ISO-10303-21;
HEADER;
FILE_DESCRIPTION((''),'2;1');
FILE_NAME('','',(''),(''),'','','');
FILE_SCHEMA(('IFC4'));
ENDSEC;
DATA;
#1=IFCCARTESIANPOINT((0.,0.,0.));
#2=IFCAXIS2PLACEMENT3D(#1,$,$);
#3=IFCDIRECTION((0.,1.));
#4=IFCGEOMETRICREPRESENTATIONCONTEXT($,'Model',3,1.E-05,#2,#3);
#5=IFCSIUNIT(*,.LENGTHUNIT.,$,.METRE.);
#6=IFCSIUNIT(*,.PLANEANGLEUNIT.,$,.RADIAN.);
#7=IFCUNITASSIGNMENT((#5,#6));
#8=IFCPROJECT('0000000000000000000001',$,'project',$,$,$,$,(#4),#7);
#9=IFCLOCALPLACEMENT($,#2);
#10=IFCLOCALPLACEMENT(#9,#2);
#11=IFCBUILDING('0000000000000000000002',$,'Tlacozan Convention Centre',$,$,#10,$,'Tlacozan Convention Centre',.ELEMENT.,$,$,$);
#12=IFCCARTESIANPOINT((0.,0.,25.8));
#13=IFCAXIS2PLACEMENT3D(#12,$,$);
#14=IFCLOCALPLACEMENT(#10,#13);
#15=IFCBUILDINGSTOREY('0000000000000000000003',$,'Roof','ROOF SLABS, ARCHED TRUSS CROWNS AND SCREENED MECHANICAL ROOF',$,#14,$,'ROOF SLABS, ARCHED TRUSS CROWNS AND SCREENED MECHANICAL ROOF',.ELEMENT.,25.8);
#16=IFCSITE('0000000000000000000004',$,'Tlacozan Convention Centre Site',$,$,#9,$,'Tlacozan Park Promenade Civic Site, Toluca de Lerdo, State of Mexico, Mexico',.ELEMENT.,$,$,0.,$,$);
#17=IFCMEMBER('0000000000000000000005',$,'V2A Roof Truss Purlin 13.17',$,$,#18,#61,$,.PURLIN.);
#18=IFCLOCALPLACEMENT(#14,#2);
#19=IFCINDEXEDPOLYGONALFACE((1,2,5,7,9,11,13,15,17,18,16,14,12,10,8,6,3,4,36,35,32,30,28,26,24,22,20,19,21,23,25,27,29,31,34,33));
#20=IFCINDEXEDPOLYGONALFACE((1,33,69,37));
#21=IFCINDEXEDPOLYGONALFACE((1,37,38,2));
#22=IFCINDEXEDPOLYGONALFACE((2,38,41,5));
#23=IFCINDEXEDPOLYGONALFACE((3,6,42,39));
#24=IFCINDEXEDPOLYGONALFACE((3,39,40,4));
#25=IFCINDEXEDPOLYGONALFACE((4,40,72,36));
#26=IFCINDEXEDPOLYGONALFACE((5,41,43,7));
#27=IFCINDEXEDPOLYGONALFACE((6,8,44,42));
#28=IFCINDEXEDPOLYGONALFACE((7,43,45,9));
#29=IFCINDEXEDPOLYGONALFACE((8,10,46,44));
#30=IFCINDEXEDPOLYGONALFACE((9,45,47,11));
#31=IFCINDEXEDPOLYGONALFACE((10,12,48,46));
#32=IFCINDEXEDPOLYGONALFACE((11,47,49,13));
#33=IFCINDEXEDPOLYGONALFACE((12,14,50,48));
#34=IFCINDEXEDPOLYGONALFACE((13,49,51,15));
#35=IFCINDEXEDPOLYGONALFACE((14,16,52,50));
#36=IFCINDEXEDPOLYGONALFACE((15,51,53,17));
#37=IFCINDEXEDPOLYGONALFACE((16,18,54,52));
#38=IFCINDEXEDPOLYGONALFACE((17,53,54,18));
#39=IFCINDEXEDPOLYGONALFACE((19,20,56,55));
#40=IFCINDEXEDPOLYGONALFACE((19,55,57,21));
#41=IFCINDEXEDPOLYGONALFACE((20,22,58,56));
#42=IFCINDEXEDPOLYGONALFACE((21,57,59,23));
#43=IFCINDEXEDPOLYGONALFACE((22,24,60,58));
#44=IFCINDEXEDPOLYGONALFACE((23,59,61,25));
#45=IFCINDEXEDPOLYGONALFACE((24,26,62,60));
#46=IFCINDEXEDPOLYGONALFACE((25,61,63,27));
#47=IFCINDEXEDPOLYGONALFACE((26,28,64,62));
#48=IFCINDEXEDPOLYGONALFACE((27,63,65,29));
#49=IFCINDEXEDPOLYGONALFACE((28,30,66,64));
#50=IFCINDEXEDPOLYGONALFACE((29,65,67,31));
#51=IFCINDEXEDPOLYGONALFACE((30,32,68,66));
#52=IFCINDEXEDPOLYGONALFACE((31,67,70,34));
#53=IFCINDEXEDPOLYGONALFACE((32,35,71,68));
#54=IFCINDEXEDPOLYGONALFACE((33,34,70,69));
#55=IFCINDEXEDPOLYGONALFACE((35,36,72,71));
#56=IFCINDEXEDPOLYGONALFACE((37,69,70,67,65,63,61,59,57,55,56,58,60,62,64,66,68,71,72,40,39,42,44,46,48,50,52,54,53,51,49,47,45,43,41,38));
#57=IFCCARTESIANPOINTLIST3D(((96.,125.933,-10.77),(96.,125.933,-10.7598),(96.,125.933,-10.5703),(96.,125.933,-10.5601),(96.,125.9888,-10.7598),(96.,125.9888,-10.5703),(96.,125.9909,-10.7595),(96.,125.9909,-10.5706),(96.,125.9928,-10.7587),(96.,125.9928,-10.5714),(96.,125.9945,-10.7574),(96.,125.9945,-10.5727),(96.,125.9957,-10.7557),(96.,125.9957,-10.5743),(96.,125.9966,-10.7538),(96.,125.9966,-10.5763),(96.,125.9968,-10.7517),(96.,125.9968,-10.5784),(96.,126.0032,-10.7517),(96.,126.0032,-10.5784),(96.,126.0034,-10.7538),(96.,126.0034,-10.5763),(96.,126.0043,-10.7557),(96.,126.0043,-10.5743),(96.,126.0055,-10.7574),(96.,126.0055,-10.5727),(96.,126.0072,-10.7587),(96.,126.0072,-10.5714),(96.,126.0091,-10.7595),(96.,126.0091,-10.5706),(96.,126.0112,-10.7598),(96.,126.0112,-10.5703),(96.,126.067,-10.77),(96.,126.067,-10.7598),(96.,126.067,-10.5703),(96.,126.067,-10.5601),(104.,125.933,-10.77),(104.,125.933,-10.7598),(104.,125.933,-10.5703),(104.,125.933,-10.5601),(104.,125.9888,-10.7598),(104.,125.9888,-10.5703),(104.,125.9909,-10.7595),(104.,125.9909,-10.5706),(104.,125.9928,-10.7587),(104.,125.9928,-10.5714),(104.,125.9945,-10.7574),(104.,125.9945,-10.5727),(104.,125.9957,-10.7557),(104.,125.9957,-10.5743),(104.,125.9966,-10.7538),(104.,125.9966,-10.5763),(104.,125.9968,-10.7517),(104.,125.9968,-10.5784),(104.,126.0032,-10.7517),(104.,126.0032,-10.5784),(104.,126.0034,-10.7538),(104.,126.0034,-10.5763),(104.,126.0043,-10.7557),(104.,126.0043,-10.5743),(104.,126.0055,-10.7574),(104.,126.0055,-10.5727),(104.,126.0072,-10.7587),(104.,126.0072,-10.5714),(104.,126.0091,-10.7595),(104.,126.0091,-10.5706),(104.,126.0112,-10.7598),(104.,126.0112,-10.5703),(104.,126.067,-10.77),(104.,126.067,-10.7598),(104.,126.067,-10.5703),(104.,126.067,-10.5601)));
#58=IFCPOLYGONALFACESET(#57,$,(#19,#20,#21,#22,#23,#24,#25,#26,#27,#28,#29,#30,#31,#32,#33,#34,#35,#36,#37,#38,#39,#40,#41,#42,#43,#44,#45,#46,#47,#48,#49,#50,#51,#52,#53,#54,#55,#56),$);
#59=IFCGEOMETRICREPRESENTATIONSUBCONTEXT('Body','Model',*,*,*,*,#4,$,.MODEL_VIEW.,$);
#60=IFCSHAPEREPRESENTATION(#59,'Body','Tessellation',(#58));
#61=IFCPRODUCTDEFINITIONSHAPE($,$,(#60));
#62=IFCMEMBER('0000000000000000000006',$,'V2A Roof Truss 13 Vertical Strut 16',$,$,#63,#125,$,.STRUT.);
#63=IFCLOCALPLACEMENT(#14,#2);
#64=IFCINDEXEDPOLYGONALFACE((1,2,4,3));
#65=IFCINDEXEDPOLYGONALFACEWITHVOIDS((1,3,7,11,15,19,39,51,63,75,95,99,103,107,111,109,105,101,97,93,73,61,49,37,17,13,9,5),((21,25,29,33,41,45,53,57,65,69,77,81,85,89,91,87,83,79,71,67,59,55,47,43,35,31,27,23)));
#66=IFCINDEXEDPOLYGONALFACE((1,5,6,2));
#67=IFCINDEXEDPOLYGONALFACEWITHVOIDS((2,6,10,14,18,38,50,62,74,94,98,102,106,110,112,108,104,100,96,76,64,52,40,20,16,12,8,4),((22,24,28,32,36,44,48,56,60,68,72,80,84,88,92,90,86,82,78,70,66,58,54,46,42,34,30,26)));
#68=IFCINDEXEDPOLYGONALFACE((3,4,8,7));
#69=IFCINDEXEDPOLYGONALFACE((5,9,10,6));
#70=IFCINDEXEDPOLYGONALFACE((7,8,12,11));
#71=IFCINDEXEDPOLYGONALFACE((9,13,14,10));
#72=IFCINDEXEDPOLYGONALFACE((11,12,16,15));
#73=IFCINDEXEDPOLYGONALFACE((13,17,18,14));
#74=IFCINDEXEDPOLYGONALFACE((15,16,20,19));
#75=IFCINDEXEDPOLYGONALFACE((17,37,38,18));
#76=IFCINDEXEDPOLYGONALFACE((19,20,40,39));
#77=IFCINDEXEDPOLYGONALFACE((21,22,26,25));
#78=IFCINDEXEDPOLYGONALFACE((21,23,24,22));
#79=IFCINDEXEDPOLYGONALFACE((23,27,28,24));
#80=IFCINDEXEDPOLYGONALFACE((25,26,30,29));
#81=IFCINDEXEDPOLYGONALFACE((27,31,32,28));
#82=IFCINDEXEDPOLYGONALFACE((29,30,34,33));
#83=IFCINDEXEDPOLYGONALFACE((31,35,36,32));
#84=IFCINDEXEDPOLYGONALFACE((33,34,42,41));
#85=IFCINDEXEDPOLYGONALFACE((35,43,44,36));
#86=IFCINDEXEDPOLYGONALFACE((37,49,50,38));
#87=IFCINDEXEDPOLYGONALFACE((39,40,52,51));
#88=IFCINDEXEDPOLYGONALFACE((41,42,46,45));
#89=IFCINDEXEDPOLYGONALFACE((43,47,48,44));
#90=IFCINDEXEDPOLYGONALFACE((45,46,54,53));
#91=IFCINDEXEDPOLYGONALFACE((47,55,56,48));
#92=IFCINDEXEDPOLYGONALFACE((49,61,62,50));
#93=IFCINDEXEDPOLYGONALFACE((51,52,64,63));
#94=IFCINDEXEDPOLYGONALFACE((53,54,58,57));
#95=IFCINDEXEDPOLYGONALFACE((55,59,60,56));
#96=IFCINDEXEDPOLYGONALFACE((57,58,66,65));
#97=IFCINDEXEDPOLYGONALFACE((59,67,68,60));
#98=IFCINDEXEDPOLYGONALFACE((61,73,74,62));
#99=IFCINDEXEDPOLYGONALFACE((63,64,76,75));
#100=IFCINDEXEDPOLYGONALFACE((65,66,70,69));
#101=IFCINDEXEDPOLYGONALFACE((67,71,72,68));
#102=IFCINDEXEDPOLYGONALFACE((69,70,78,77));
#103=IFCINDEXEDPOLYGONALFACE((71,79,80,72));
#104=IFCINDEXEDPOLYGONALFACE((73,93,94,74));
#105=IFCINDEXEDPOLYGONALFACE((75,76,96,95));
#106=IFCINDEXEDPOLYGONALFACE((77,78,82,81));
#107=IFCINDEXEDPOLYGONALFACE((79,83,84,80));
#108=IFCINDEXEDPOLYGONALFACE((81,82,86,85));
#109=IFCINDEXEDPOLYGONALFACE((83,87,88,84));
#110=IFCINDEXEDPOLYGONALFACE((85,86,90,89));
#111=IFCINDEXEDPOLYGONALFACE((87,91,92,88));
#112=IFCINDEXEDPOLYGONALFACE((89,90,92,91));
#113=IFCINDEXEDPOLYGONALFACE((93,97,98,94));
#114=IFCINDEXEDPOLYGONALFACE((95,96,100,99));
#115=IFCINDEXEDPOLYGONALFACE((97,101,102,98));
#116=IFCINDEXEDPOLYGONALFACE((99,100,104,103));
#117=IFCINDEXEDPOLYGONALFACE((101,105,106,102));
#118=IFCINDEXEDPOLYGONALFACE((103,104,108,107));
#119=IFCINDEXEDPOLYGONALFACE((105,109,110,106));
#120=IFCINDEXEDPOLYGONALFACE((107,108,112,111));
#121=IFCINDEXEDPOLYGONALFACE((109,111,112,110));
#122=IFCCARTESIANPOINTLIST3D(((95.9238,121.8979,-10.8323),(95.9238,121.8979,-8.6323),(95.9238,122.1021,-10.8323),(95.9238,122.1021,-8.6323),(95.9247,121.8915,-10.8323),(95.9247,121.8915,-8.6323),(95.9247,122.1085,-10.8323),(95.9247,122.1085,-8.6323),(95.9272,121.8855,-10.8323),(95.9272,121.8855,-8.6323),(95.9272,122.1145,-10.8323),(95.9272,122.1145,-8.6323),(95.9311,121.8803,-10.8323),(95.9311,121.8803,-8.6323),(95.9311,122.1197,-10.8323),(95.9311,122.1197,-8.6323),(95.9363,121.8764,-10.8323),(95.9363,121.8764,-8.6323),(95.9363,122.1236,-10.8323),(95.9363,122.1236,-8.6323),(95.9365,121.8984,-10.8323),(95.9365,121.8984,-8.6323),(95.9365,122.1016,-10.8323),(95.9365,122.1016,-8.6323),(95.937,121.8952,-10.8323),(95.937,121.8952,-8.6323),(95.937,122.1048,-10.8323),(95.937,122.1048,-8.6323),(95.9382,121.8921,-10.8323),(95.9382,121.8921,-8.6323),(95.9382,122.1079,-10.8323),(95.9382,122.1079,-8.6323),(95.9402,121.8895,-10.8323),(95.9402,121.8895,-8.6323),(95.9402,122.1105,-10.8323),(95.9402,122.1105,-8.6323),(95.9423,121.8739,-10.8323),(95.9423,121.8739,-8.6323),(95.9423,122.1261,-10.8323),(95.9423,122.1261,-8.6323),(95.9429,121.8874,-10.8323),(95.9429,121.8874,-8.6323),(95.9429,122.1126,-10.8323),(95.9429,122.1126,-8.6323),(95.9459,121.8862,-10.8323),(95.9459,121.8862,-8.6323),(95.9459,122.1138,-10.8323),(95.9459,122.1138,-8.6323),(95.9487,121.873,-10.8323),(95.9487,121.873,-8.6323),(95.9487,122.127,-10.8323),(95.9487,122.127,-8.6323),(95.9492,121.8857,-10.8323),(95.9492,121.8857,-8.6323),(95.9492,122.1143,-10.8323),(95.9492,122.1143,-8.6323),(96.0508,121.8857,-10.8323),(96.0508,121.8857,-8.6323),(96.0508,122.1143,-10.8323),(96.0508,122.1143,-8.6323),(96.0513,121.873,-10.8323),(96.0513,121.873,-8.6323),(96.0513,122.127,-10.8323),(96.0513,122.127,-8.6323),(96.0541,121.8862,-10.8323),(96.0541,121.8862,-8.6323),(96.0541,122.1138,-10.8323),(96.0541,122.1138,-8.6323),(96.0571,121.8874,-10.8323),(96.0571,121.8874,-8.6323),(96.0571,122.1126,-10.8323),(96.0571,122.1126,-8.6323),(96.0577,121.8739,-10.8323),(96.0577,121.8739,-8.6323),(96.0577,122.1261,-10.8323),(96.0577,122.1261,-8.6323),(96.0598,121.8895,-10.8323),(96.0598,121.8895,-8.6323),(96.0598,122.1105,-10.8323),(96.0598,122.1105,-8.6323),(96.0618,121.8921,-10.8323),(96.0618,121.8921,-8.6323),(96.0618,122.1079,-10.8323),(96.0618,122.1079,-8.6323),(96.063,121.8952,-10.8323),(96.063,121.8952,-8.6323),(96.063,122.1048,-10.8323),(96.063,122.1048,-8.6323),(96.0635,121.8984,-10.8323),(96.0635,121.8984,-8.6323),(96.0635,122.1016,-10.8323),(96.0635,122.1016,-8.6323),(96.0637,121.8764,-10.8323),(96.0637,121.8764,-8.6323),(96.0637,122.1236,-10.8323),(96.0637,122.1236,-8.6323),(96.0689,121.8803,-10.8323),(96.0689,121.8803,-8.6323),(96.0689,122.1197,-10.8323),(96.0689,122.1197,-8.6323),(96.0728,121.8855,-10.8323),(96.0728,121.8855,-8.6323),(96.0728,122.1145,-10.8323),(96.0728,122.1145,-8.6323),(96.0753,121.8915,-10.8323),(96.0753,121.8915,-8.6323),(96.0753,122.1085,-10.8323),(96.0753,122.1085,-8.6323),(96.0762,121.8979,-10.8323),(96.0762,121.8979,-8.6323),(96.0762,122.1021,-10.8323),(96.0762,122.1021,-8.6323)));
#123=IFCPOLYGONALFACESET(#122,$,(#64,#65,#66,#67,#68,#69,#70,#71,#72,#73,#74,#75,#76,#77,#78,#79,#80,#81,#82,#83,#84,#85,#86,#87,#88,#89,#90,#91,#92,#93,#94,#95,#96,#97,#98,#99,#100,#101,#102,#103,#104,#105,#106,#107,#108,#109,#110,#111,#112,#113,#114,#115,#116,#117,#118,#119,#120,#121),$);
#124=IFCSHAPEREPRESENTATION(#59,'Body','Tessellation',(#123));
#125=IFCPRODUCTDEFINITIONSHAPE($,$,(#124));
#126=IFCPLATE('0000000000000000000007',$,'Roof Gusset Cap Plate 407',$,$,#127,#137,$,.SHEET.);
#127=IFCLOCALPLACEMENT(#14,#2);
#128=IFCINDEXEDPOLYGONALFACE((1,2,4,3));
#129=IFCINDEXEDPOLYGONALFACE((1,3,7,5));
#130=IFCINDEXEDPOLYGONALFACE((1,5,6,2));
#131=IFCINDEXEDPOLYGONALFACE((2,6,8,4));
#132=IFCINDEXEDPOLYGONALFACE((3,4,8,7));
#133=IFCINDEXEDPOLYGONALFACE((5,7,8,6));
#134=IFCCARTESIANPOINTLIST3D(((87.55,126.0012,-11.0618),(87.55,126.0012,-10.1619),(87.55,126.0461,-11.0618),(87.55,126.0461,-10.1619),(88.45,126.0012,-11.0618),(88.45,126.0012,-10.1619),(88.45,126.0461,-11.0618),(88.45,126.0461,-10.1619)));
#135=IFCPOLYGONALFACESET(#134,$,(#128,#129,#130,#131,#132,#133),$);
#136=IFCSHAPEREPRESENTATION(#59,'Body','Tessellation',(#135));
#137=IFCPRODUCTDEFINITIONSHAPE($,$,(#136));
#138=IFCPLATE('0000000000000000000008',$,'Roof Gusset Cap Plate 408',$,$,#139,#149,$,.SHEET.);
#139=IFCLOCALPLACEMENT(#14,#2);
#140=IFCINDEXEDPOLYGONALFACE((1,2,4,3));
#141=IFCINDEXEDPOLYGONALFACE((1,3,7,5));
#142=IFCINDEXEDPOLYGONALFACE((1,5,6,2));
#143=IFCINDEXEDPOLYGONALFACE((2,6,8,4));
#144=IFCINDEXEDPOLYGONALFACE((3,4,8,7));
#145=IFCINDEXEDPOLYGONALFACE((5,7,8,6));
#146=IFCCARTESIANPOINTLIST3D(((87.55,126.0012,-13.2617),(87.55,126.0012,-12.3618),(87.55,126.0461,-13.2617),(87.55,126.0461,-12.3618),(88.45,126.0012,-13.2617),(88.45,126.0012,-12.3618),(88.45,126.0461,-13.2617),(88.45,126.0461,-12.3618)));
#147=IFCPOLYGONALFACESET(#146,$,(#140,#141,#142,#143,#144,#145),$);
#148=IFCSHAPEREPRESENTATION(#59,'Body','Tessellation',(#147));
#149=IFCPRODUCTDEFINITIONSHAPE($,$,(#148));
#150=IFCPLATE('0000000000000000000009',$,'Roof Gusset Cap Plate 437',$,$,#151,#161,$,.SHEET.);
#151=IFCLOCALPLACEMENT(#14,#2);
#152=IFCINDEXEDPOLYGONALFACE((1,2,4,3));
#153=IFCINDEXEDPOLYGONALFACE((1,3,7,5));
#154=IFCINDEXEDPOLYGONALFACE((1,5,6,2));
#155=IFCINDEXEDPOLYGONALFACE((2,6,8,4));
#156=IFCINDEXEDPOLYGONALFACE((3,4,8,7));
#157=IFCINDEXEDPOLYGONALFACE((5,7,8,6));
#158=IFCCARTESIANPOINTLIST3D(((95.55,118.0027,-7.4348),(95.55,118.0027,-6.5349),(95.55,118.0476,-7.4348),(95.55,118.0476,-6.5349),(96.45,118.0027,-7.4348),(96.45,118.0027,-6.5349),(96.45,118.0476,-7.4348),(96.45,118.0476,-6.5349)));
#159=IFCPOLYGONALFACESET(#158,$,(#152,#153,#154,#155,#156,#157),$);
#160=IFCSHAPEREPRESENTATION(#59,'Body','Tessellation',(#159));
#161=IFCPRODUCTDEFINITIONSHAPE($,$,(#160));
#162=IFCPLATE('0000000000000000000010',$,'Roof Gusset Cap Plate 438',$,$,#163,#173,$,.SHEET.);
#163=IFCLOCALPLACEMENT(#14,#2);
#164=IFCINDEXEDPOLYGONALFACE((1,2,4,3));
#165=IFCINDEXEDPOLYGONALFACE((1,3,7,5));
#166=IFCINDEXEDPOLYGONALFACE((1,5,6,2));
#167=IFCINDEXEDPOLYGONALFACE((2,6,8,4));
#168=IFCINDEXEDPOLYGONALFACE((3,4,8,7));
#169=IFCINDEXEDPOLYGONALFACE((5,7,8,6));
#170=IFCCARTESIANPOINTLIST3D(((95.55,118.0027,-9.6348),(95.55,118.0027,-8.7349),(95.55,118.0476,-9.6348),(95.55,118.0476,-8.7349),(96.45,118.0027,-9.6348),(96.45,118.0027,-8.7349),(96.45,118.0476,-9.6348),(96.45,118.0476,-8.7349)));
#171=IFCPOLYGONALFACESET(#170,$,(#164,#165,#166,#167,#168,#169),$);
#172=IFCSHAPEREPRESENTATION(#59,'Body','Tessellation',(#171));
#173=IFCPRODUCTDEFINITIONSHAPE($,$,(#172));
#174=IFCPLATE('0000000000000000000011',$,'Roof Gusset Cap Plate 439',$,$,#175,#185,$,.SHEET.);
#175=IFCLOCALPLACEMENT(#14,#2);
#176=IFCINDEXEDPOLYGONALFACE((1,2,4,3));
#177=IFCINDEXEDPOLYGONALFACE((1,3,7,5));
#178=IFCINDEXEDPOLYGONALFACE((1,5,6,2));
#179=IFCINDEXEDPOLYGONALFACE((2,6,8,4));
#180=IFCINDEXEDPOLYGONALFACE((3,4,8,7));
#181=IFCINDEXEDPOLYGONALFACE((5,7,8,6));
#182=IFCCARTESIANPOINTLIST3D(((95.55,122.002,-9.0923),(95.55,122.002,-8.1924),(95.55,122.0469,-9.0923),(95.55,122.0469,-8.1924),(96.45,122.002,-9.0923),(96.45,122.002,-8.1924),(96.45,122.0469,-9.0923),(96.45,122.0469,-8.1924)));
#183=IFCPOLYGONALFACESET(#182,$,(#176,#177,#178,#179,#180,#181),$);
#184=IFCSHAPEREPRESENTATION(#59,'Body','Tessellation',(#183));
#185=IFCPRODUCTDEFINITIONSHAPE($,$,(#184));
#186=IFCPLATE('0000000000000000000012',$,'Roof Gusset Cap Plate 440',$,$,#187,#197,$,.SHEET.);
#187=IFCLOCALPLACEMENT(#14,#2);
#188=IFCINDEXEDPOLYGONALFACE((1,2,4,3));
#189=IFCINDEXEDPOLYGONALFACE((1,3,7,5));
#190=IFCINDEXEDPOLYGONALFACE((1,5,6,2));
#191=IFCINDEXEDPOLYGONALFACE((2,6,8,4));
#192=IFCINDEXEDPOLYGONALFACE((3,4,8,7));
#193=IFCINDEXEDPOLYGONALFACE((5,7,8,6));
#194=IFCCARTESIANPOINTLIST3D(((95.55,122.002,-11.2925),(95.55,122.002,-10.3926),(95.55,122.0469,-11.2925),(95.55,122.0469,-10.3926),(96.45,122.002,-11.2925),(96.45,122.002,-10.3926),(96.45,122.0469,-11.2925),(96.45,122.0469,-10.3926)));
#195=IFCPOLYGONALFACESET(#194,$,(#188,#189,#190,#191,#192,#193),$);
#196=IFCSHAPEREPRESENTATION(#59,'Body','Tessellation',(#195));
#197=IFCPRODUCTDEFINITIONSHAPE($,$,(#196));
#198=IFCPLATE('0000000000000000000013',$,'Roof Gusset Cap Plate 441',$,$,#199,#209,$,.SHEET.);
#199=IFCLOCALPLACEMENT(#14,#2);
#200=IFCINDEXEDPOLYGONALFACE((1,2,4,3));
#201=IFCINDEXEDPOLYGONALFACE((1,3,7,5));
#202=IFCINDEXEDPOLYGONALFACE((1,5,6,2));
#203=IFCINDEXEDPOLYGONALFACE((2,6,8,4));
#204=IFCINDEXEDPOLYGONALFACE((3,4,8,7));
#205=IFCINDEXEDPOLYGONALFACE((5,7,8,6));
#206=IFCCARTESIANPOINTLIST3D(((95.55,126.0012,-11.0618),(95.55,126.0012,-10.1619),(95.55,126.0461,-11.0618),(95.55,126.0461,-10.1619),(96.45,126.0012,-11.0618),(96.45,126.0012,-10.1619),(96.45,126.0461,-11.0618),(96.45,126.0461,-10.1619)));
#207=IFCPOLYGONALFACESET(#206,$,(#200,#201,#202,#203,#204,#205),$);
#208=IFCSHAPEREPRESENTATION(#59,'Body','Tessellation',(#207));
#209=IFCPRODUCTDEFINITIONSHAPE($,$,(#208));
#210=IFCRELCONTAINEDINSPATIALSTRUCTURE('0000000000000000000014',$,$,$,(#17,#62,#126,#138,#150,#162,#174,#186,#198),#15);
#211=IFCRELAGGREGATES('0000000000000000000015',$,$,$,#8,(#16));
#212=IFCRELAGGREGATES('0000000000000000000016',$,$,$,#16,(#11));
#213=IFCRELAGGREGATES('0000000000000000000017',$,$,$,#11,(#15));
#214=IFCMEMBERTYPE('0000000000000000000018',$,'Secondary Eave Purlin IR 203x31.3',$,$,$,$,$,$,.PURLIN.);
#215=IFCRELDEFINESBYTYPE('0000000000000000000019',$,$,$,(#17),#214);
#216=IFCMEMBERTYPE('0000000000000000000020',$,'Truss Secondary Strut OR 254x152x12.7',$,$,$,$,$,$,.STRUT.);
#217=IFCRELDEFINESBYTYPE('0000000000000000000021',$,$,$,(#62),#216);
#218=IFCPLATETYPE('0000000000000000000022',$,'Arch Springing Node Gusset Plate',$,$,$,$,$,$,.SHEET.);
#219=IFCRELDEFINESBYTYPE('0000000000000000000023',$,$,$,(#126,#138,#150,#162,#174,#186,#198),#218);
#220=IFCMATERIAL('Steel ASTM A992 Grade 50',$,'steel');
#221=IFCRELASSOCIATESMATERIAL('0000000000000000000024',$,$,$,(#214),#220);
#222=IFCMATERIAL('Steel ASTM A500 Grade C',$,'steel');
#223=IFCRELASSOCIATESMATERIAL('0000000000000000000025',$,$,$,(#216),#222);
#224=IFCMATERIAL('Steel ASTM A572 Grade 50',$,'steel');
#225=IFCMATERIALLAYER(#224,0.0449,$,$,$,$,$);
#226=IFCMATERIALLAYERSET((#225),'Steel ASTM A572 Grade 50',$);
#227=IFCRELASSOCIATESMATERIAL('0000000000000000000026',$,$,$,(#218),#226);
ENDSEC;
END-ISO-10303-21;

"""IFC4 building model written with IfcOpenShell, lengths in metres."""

from ifc_helpers import new_model, si_unit, direction, frame, origin, origin_2d, place, context, subcontext, project, spatial, rectangle, hollow_rectangle, i_section, extrude, material, layer, layer_set, material_profile, profile_set, type_object, element, save


model = new_model("IFC4")

# Units and contexts
model_context = context("Model", 3, precision=1e-05, world=origin(), true_north=direction((0.0, 1.0)))
body_context = subcontext(model_context, "Body", "Model", "MODEL_VIEW")
ifc_project = project(units=[si_unit("LENGTHUNIT", "METRE"), si_unit("PLANEANGLEUNIT", "RADIAN")], contexts=[model_context])

# Site, building, storey
site_placement = place(None, origin())
site = spatial("IfcSite", under=ifc_project, at=site_placement, Name="Tlacozan Convention Centre Site", LongName="Tlacozan Park Promenade Civic Site, Toluca de Lerdo, State of Mexico, Mexico", CompositionType="ELEMENT", RefElevation=0.0)
building_placement = place(site_placement, origin())
building = spatial("IfcBuilding", under=site, at=building_placement, Name="Tlacozan Convention Centre", LongName="Tlacozan Convention Centre", CompositionType="ELEMENT")
storey_placement = place(building_placement, frame((0.0, 0.0, 25.8)))
storey = spatial("IfcBuildingStorey", under=building, at=storey_placement, Name="Roof", Description="ROOF SLABS, ARCHED TRUSS CROWNS AND SCREENED MECHANICAL ROOF", LongName="ROOF SLABS, ARCHED TRUSS CROWNS AND SCREENED MECHANICAL ROOF", CompositionType="ELEMENT", Elevation=25.8)

# Members
ifc_material_1 = material(Name="Steel ASTM A500 Grade C", Category="steel")
ifc_material_2 = material(Name="Steel ASTM A992 Grade 50", Category="steel")
ifc_material_profile_1 = material_profile(ifc_material_2, i_section(OverallWidth=0.134, OverallDepth=0.21, WebThickness=0.0063, FlangeThickness=0.0103, FilletRadius=0.0081, at=origin_2d()), Name="IR 203x31.3")
ifc_profile_set_1 = profile_set([ifc_material_profile_1], Name="Steel ASTM A992 Grade 50")
member_type_1 = type_object("IfcMemberType", Name="Secondary Eave Purlin IR 203x31.3", PredefinedType="PURLIN", material=ifc_profile_set_1)
member_1_placement = place(storey_placement, frame((96.0, 126.0, -10.665), z_axis=(1.0, 0.0, 0.0), x_axis=(0.0, 1.0, 0.0)))
element("IfcMember", 1, at=member_1_placement, inside=storey, type_object=member_type_1, Name="V2A Roof Truss Purlin 13.17", PredefinedType="PURLIN", context=body_context, shape_type="SweptSolid", body=[
    extrude(i_section(OverallWidth=0.134, OverallDepth=0.21, WebThickness=0.0063, FlangeThickness=0.0103, FilletRadius=0.0081, at=origin_2d()), origin(), (0.0, 0.0, 1.0), 8.0),
])
ifc_material_profile_2 = material_profile(ifc_material_1, hollow_rectangle(XDim=0.1523, YDim=0.2539, WallThickness=0.0127, InnerFilletRadius=0.0127, OuterFilletRadius=0.0249, at=origin_2d()), Name="OR 254x152x12.7")
ifc_profile_set_2 = profile_set([ifc_material_profile_2], Name="Steel ASTM A500 Grade C")
member_type_2 = type_object("IfcMemberType", Name="Truss Secondary Strut OR 254x152x12.7", PredefinedType="STRUT", material=ifc_profile_set_2)
member_2_placement = place(storey_placement, frame((96.0, 122.0, -10.8323), z_axis=(0.0, 0.0, 1.0), x_axis=(1.0, 0.0, 0.0)))
element("IfcMember", 2, at=member_2_placement, inside=storey, type_object=member_type_2, Name="V2A Roof Truss 13 Vertical Strut 16", PredefinedType="STRUT", context=body_context, shape_type="SweptSolid", body=[
    extrude(hollow_rectangle(XDim=0.1523, YDim=0.2539, WallThickness=0.0127, InnerFilletRadius=0.0127, OuterFilletRadius=0.0249, at=origin_2d()), origin(), (0.0, 0.0, 1.0), 2.2),
])

# Plates
ifc_material_3 = material(Name="Steel ASTM A572 Grade 50", Category="steel")
ifc_layer = layer(ifc_material_3, 0.0449)
ifc_layer_set = layer_set([ifc_layer], Name="Steel ASTM A572 Grade 50")
plate_type = type_object("IfcPlateType", Name="Arch Springing Node Gusset Plate", PredefinedType="SHEET", material=ifc_layer_set)
for number, where, z_axis, x_axis, name in (
    (3, (88.0, 126.0237, -11.0618), (0.0, 0.0, 1.0), (0.0, 1.0, 0.0), "Roof Gusset Cap Plate 407"),
    (4, (88.0, 126.0237, -13.2617), (0.0, 0.0, 1.0), (0.0, 1.0, 0.0), "Roof Gusset Cap Plate 408"),
    (5, (96.0, 118.0251, -7.4348), (0.0, 0.0, 1.0), (0.0, 1.0, 0.0), "Roof Gusset Cap Plate 437"),
    (6, (96.0, 118.0251, -9.6348), (0.0, 0.0, 1.0), (0.0, 1.0, 0.0), "Roof Gusset Cap Plate 438"),
    (7, (96.0, 122.0244, -9.0923), (0.0, 0.0, 1.0), (0.0, 1.0, 0.0), "Roof Gusset Cap Plate 439"),
    (8, (96.0, 122.0244, -11.2925), (0.0, 0.0, 1.0), (0.0, 1.0, 0.0), "Roof Gusset Cap Plate 440"),
    (9, (96.0, 126.0237, -11.0618), (0.0, 0.0, 1.0), (0.0, 1.0, 0.0), "Roof Gusset Cap Plate 441"),
):
    element("IfcPlate", number, at=place(storey_placement, frame(where, z_axis=z_axis, x_axis=x_axis)), inside=storey, type_object=plate_type, Name=name, PredefinedType="SHEET", context=body_context, shape_type="SweptSolid", body=[
        extrude(rectangle(XDim=0.0449, YDim=0.8999, at=origin_2d()), origin(), (0.0, 0.0, 1.0), 0.8999),
    ])

save(model, "model.ifc")
